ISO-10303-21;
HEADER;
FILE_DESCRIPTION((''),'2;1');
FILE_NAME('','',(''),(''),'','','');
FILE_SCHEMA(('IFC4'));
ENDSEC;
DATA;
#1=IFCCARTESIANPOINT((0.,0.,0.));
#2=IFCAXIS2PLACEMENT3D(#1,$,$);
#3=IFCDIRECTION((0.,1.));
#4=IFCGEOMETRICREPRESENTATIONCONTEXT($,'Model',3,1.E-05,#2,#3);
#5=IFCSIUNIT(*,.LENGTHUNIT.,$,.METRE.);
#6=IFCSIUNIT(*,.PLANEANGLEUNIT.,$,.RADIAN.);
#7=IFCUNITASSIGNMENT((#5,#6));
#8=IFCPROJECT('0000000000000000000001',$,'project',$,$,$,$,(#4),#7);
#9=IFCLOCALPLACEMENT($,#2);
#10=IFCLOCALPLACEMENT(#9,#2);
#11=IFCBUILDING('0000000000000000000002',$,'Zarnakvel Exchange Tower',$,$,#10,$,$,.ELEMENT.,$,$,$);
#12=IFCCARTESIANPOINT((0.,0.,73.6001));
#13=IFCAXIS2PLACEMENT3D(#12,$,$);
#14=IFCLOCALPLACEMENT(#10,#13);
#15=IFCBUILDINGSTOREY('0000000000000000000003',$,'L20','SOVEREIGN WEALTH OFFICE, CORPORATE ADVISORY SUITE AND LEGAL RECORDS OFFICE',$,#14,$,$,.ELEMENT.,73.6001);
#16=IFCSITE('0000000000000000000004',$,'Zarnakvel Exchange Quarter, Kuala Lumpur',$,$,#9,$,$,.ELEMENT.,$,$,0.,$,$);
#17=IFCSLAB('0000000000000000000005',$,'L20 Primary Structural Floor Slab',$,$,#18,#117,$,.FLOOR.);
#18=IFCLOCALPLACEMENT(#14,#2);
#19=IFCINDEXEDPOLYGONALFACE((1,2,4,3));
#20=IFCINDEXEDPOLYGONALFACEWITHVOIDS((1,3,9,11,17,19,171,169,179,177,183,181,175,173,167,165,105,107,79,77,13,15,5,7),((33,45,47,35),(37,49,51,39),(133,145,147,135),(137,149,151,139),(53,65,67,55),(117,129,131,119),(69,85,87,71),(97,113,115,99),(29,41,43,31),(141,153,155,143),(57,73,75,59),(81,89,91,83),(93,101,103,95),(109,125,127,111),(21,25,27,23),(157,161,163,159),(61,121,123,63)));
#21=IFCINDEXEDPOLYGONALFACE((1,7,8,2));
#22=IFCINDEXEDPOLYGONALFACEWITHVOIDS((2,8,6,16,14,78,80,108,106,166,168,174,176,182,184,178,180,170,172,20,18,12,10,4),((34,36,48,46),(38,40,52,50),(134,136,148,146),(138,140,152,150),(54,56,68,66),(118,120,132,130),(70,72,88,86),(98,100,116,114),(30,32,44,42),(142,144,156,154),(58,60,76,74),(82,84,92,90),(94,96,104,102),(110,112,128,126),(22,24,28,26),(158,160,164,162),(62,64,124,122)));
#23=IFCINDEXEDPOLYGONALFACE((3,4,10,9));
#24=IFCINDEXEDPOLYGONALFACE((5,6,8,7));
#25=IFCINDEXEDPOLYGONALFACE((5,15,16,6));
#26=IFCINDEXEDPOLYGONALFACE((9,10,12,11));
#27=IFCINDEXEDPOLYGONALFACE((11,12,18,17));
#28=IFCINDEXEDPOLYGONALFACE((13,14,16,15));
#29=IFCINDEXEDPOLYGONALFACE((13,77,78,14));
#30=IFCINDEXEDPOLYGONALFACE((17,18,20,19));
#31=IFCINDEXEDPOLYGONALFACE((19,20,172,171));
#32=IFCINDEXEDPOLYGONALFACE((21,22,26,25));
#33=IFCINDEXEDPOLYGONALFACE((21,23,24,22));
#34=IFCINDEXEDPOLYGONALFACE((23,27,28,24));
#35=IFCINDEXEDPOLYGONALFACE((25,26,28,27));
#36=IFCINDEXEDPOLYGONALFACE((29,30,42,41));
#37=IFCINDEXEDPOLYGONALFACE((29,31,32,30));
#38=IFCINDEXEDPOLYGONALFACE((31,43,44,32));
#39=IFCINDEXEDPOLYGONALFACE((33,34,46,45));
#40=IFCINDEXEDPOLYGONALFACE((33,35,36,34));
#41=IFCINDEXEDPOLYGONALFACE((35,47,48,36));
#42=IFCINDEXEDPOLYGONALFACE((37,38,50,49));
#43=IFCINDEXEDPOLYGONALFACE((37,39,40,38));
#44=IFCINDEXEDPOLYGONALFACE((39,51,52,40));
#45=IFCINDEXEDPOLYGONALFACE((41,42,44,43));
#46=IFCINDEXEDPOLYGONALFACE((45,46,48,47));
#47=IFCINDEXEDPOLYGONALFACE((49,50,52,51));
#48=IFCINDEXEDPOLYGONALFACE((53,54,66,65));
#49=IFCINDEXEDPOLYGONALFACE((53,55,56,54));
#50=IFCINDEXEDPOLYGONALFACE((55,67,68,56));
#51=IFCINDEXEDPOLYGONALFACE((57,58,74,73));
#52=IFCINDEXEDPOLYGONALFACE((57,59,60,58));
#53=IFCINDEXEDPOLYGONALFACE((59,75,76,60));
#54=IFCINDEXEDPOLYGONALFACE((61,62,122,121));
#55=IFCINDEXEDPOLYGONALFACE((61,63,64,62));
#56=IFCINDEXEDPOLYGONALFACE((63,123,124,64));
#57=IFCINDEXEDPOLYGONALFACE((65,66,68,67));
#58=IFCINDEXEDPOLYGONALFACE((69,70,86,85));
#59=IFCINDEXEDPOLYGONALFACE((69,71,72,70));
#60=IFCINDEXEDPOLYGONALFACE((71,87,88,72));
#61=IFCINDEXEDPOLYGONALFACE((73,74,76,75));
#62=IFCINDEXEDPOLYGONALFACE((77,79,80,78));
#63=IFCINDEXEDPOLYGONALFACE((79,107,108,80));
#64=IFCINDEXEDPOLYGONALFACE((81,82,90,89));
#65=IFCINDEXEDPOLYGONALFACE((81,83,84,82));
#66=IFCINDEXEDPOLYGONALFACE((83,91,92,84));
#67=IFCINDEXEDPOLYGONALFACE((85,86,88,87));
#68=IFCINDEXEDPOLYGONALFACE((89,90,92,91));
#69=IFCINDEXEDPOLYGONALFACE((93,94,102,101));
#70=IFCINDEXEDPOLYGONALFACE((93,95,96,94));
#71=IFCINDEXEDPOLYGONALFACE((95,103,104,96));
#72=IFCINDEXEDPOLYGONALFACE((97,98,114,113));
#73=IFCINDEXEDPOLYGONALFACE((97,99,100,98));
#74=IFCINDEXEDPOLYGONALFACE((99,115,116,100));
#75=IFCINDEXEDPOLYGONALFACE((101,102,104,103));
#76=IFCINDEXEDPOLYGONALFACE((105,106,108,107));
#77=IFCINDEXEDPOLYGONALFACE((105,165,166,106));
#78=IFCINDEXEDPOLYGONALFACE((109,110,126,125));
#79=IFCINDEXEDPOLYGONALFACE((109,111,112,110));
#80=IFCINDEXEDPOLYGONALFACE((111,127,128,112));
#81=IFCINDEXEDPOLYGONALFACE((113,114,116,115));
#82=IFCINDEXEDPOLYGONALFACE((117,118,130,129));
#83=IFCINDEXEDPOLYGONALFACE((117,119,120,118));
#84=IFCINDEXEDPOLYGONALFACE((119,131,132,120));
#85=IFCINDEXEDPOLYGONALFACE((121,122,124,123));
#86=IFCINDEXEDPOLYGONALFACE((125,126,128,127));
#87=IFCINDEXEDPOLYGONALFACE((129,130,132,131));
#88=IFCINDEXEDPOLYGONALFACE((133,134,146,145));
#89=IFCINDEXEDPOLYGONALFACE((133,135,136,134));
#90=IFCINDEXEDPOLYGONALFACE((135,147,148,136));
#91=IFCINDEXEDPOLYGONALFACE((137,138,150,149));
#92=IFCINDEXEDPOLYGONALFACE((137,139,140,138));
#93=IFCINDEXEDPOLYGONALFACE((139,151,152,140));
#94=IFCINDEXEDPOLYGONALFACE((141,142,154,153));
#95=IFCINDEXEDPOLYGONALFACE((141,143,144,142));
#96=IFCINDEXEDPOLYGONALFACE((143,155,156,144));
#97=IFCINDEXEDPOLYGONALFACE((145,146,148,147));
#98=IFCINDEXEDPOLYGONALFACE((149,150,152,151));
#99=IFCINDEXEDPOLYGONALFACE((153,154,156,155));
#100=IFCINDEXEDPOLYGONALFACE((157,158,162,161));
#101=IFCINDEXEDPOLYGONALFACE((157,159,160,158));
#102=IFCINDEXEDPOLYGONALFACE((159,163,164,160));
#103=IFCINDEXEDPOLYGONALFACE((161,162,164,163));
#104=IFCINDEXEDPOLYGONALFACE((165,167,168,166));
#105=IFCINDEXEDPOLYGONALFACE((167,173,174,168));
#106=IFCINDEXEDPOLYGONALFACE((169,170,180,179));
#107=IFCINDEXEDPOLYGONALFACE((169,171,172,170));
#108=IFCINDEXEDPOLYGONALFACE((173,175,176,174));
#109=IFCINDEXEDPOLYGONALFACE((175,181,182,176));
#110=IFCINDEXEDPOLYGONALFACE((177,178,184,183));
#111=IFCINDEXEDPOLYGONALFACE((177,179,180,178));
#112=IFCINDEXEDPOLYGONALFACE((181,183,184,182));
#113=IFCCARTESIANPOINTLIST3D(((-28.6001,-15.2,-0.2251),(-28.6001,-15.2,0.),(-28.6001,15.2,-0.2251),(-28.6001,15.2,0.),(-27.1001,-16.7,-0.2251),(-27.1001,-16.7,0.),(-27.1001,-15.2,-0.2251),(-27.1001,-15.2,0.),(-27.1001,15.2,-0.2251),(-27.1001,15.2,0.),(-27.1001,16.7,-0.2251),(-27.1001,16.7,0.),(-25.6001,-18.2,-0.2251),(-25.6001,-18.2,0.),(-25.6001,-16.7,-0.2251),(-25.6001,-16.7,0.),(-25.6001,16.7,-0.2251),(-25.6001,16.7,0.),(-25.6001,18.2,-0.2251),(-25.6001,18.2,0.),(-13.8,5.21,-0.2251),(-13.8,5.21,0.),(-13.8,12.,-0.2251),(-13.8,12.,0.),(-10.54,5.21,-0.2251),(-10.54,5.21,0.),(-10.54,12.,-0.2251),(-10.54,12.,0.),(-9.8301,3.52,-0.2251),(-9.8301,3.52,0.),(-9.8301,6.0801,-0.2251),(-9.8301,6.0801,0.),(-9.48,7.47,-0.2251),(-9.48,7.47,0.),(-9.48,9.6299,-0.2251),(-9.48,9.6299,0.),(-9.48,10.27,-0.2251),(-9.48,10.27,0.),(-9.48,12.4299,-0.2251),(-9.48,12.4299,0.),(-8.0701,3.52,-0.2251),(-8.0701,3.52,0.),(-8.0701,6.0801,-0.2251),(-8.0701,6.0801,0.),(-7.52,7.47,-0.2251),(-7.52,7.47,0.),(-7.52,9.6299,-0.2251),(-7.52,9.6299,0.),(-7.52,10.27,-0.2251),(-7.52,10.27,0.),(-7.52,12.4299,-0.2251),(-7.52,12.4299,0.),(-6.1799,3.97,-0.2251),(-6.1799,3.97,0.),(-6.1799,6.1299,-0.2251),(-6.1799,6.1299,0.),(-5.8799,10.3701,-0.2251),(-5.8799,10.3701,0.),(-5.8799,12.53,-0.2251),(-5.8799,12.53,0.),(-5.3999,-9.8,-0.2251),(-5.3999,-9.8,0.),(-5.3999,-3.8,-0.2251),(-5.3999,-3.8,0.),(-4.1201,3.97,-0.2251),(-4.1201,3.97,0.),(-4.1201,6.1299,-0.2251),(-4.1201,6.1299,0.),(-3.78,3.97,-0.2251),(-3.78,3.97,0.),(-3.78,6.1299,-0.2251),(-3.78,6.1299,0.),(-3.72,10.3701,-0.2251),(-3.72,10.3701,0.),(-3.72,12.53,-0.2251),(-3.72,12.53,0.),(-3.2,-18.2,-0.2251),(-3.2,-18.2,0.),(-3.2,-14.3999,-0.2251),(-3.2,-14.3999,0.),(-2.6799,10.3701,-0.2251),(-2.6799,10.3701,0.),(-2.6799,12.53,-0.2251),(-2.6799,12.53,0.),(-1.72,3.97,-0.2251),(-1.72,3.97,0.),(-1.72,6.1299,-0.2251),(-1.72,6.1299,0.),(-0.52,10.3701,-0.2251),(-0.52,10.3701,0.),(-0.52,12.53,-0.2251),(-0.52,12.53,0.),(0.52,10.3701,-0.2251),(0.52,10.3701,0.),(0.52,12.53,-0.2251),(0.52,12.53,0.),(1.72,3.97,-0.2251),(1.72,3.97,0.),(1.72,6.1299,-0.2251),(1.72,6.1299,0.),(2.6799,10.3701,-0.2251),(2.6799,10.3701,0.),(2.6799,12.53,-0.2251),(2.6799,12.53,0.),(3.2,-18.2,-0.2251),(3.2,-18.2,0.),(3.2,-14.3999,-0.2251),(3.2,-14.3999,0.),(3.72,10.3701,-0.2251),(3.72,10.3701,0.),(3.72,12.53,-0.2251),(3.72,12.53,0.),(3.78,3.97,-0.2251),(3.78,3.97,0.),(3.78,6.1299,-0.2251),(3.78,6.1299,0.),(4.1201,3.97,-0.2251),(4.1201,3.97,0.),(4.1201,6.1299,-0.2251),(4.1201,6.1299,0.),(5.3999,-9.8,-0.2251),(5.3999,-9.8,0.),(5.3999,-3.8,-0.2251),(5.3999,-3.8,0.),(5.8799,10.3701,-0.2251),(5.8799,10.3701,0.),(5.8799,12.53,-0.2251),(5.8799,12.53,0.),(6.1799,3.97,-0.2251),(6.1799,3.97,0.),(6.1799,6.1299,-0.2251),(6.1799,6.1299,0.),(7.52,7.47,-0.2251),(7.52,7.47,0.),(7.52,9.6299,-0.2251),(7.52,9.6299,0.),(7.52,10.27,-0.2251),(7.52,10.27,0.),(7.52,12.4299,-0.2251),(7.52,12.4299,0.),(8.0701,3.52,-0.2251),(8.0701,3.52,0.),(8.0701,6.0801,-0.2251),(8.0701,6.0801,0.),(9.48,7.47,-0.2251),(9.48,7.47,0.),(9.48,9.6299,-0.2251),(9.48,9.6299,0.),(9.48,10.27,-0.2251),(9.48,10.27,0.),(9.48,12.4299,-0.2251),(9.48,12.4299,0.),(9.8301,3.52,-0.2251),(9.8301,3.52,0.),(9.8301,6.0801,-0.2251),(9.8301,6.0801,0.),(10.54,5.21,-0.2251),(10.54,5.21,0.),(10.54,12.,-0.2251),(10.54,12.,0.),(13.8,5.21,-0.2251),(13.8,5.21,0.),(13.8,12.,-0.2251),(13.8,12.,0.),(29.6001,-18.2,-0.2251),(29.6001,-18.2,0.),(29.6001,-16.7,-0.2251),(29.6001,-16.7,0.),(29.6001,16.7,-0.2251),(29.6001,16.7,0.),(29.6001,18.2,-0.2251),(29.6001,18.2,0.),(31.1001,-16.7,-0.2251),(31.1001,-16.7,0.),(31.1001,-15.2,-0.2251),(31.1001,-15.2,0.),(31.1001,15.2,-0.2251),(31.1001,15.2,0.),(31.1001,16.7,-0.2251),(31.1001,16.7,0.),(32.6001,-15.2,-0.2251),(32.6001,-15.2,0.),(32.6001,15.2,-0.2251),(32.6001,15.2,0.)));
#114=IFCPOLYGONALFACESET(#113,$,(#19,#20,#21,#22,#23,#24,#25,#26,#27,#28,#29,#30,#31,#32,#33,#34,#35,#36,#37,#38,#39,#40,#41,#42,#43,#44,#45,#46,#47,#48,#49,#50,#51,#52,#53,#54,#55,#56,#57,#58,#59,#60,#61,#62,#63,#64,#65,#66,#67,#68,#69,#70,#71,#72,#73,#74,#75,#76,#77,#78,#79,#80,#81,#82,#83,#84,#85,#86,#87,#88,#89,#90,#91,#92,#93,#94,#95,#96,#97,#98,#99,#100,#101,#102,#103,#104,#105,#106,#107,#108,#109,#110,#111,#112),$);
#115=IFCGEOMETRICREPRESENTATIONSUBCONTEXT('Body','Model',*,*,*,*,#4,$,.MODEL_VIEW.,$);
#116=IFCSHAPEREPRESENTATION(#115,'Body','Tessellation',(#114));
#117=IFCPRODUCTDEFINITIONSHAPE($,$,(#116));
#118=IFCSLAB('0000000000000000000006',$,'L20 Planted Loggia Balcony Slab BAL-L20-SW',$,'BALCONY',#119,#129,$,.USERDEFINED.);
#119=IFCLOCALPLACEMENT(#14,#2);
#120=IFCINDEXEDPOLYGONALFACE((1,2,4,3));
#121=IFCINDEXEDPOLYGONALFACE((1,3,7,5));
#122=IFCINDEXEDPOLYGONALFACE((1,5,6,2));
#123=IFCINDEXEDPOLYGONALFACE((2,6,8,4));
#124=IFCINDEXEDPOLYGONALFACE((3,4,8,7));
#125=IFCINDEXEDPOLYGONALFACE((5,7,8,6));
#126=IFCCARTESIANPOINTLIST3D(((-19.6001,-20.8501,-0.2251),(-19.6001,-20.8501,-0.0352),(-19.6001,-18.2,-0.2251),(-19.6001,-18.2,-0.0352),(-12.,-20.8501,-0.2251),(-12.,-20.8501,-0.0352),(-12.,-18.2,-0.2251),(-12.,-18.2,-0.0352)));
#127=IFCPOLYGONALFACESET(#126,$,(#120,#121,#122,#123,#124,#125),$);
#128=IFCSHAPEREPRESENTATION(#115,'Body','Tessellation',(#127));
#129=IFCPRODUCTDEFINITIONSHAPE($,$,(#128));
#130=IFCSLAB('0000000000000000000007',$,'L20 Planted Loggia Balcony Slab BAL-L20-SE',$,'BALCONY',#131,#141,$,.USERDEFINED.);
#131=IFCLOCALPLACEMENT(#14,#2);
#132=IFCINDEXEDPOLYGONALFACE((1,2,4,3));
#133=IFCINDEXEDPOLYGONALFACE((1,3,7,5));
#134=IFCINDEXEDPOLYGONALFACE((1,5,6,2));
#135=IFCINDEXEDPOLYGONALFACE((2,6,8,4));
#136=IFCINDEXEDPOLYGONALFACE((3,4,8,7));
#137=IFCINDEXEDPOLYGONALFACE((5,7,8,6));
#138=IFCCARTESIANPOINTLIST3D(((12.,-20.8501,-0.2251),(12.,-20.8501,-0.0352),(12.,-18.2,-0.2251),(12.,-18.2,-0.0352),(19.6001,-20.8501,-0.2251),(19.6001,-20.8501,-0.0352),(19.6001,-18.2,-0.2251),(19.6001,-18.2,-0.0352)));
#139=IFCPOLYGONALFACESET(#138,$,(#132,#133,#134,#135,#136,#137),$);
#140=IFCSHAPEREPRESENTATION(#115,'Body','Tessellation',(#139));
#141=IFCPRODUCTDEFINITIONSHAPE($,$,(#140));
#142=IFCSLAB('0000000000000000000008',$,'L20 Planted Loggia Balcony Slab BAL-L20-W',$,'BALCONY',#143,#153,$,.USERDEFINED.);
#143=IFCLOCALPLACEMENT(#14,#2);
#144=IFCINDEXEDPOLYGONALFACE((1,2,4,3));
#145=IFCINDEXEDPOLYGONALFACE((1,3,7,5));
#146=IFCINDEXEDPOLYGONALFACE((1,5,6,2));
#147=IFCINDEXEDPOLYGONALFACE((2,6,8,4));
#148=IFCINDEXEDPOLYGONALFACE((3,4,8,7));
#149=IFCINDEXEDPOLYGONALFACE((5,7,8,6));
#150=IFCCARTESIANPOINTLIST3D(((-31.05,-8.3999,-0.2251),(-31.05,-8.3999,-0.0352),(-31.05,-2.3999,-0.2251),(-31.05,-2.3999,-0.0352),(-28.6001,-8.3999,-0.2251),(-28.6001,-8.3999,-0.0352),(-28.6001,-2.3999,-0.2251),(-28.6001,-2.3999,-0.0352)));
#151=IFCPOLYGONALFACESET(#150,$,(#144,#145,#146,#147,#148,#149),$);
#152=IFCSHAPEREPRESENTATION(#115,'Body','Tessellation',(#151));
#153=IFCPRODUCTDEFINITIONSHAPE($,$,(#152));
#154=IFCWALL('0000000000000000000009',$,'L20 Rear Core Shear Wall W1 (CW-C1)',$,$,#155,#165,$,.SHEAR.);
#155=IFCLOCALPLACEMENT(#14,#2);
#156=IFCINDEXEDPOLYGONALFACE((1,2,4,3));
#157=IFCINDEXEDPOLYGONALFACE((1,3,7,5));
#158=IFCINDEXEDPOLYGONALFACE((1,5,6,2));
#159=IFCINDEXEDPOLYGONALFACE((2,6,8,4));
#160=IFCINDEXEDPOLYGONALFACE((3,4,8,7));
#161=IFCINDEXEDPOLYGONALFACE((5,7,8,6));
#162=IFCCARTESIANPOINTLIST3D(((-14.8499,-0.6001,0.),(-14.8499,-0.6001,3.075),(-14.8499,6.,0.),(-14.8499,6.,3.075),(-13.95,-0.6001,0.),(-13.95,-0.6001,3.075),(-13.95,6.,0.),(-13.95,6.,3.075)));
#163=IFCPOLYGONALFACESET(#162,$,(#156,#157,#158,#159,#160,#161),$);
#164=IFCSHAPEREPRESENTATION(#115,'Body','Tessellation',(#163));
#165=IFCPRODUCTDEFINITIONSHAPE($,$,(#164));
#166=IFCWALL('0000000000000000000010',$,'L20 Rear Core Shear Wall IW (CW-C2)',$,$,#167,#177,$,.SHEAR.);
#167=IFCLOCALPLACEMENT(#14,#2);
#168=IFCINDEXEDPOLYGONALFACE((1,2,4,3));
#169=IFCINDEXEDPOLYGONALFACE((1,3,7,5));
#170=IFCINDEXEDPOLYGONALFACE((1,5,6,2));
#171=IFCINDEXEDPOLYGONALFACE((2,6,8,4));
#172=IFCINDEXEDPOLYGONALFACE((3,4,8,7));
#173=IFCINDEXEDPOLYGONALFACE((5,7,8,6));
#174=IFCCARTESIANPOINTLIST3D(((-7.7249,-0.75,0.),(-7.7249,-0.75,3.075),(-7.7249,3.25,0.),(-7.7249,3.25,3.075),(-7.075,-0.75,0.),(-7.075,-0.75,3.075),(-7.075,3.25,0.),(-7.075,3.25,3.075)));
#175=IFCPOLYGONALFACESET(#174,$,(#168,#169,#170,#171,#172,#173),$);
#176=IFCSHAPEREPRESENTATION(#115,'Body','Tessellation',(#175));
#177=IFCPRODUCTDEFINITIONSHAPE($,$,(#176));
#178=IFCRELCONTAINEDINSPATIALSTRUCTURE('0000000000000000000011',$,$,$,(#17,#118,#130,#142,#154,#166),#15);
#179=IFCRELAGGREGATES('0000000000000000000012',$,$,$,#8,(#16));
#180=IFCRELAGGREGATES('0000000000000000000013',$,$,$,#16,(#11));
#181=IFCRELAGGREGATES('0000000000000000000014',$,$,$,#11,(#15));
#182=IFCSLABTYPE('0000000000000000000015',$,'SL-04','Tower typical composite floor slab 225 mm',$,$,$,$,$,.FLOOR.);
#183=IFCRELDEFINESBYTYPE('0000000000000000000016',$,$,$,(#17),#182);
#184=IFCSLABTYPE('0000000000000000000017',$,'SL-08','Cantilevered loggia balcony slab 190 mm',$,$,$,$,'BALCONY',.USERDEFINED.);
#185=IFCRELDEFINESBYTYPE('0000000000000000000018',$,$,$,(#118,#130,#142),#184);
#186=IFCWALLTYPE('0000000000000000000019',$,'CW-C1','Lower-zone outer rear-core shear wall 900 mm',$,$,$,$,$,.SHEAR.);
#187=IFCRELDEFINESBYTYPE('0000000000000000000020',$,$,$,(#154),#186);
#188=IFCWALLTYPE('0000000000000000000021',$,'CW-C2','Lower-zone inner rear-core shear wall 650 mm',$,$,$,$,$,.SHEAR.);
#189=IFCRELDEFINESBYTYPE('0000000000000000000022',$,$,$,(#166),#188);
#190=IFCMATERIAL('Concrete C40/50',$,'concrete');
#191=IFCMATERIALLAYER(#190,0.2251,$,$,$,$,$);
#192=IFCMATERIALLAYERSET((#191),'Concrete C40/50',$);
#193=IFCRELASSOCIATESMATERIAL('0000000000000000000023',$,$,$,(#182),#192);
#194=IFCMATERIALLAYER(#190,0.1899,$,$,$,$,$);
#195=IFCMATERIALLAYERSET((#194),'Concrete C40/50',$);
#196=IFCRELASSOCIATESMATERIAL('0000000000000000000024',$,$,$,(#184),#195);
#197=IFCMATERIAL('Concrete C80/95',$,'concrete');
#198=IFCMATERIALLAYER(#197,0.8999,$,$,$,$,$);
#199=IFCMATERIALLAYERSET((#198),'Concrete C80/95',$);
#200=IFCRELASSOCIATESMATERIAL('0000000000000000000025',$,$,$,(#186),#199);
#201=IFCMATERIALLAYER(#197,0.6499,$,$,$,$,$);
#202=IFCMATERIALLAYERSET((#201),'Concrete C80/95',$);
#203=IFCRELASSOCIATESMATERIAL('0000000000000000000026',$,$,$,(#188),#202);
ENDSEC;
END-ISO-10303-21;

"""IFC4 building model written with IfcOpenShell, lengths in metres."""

from ifc_helpers import new_model, si_unit, direction, frame, frame_2d, origin, place, context, subcontext, project, spatial, polyline, rectangle, outline, extrude, material, layer, layer_set, type_object, element, save


model = new_model("IFC4")

# Units and contexts
model_context = context("Model", 3, precision=1e-05, world=origin(), true_north=direction((0.0, 1.0)))
body_context = subcontext(model_context, "Body", "Model", "MODEL_VIEW")
ifc_project = project(units=[si_unit("LENGTHUNIT", "METRE"), si_unit("PLANEANGLEUNIT", "RADIAN")], contexts=[model_context])

# Site, building, storey
site_placement = place(None, origin())
site = spatial("IfcSite", under=ifc_project, at=site_placement, Name="Zarnakvel Exchange Quarter, Kuala Lumpur", CompositionType="ELEMENT", RefElevation=0.0)
building_placement = place(site_placement, origin())
building = spatial("IfcBuilding", under=site, at=building_placement, Name="Zarnakvel Exchange Tower", CompositionType="ELEMENT")
storey_placement = place(building_placement, frame((0.0, 0.0, 73.6001)))
storey = spatial("IfcBuildingStorey", under=building, at=storey_placement, Name="L20", Description="SOVEREIGN WEALTH OFFICE, CORPORATE ADVISORY SUITE AND LEGAL RECORDS OFFICE", CompositionType="ELEMENT", Elevation=73.6001)

# Shared definitions
ifc_material_1 = material(Name="Concrete C80/95", Category="concrete")

# Shared definitions
ifc_material_2 = material(Name="Concrete C40/50", Category="concrete")

# Slabs
ifc_layer_1 = layer(ifc_material_2, 0.2251)
ifc_layer_set_1 = layer_set([ifc_layer_1], Name="Concrete C40/50")
slab_type_1 = type_object("IfcSlabType", Name="SL-04", Description="Tower typical composite floor slab 225 mm", PredefinedType="FLOOR", material=ifc_layer_set_1)
slab_1_placement = place(storey_placement, frame((0.0, 0.0, -0.2251)))
element("IfcSlab", 1, at=slab_1_placement, inside=storey, type_object=slab_type_1, Name="L20 Primary Structural Floor Slab", PredefinedType="FLOOR", context=body_context, shape_type="SweptSolid", body=[
    extrude(outline(polyline([(-28.6001, -15.2), (-27.1001, -15.2), (-27.1001, -16.7), (-25.6001, -16.7), (-25.6001, -18.2), (-3.2, -18.2), (-3.2, -14.3999), (3.2, -14.3999), (3.2, -18.2), (29.6001, -18.2), (29.6001, -16.7), (31.1001, -16.7), (31.1001, -15.2), (32.6001, -15.2), (32.6001, 15.2), (31.1001, 15.2), (31.1001, 16.7), (29.6001, 16.7), (29.6001, 18.2), (-25.6001, 18.2), (-25.6001, 16.7), (-27.1001, 16.7), (-27.1001, 15.2), (-28.6001, 15.2), (-28.6001, -15.2)]), holes=[polyline([(-5.3999, -9.8), (5.3999, -9.8), (5.3999, -3.8), (-5.3999, -3.8), (-5.3999, -9.8)]), polyline([(-13.8, 5.21), (-10.54, 5.21), (-10.54, 12.0), (-13.8, 12.0), (-13.8, 5.21)]), polyline([(10.54, 5.21), (13.8, 5.21), (13.8, 12.0), (10.54, 12.0), (10.54, 5.21)]), polyline([(-9.8301, 3.52), (-8.0701, 3.52), (-8.0701, 6.0801), (-9.8301, 6.0801), (-9.8301, 3.52)]), polyline([(8.0701, 3.52), (9.8301, 3.52), (9.8301, 6.0801), (8.0701, 6.0801), (8.0701, 3.52)]), polyline([(-5.8799, 10.3701), (-3.72, 10.3701), (-3.72, 12.53), (-5.8799, 12.53), (-5.8799, 10.3701)]), polyline([(-2.6799, 10.3701), (-0.52, 10.3701), (-0.52, 12.53), (-2.6799, 12.53), (-2.6799, 10.3701)]), polyline([(0.52, 10.3701), (2.6799, 10.3701), (2.6799, 12.53), (0.52, 12.53), (0.52, 10.3701)]), polyline([(3.72, 10.3701), (5.8799, 10.3701), (5.8799, 12.53), (3.72, 12.53), (3.72, 10.3701)]), polyline([(-6.1799, 3.97), (-4.1201, 3.97), (-4.1201, 6.1299), (-6.1799, 6.1299), (-6.1799, 3.97)]), polyline([(-3.78, 3.97), (-1.72, 3.97), (-1.72, 6.1299), (-3.78, 6.1299), (-3.78, 3.97)]), polyline([(1.72, 3.97), (3.78, 3.97), (3.78, 6.1299), (1.72, 6.1299), (1.72, 3.97)]), polyline([(4.1201, 3.97), (6.1799, 3.97), (6.1799, 6.1299), (4.1201, 6.1299), (4.1201, 3.97)]), polyline([(-9.48, 7.47), (-7.52, 7.47), (-7.52, 9.6299), (-9.48, 9.6299), (-9.48, 7.47)]), polyline([(-9.48, 10.27), (-7.52, 10.27), (-7.52, 12.4299), (-9.48, 12.4299), (-9.48, 10.27)]), polyline([(7.52, 7.47), (9.48, 7.47), (9.48, 9.6299), (7.52, 9.6299), (7.52, 7.47)]), polyline([(7.52, 10.27), (9.48, 10.27), (9.48, 12.4299), (7.52, 12.4299), (7.52, 10.27)])]), origin(), (0.0, 0.0, 1.0), 0.2251),
])
ifc_layer_2 = layer(ifc_material_2, 0.1899)
ifc_layer_set_2 = layer_set([ifc_layer_2], Name="Concrete C40/50")
slab_type_2 = type_object("IfcSlabType", Name="SL-08", Description="Cantilevered loggia balcony slab 190 mm", ElementType="BALCONY", PredefinedType="USERDEFINED", material=ifc_layer_set_2)
slab_2_placement = place(storey_placement, frame((0.0, 0.0, -0.2251)))
element("IfcSlab", 2, at=slab_2_placement, inside=storey, type_object=slab_type_2, Name="L20 Planted Loggia Balcony Slab BAL-L20-SW", ObjectType="BALCONY", PredefinedType="USERDEFINED", context=body_context, shape_type="SweptSolid", body=[
    extrude(outline(polyline([(-19.6001, -20.8501), (-12.0, -20.8501), (-12.0, -18.2), (-19.6001, -18.2), (-19.6001, -20.8501)])), origin(), (0.0, 0.0, 1.0), 0.1899),
])
slab_3_placement = place(storey_placement, frame((0.0, 0.0, -0.2251)))
element("IfcSlab", 3, at=slab_3_placement, inside=storey, type_object=slab_type_2, Name="L20 Planted Loggia Balcony Slab BAL-L20-SE", ObjectType="BALCONY", PredefinedType="USERDEFINED", context=body_context, shape_type="SweptSolid", body=[
    extrude(outline(polyline([(12.0, -20.8501), (19.6001, -20.8501), (19.6001, -18.2), (12.0, -18.2), (12.0, -20.8501)])), origin(), (0.0, 0.0, 1.0), 0.1899),
])
slab_4_placement = place(storey_placement, frame((0.0, 0.0, -0.2251)))
element("IfcSlab", 4, at=slab_4_placement, inside=storey, type_object=slab_type_2, Name="L20 Planted Loggia Balcony Slab BAL-L20-W", ObjectType="BALCONY", PredefinedType="USERDEFINED", context=body_context, shape_type="SweptSolid", body=[
    extrude(outline(polyline([(-31.05, -8.3999), (-28.6001, -8.3999), (-28.6001, -2.3999), (-31.05, -2.3999), (-31.05, -8.3999)])), origin(), (0.0, 0.0, 1.0), 0.1899),
])

# Wall
ifc_layer_3 = layer(ifc_material_1, 0.8999)
ifc_layer_set_3 = layer_set([ifc_layer_3], Name="Concrete C80/95")
wall_type_1 = type_object("IfcWallType", Name="CW-C1", Description="Lower-zone outer rear-core shear wall 900 mm", PredefinedType="SHEAR", material=ifc_layer_set_3)
wall_1_placement = place(storey_placement, frame((-14.3999, -0.6001, 0.0), z_axis=(0.0, 0.0, 1.0), x_axis=(0.0, 1.0, 0.0)))
element("IfcWall", 5, at=wall_1_placement, inside=storey, type_object=wall_type_1, Name="L20 Rear Core Shear Wall W1 (CW-C1)", PredefinedType="SHEAR", context=body_context, shape_type="SweptSolid", body=[
    extrude(rectangle(XDim=6.6001, YDim=0.8999, at=frame_2d((3.3, 0.0))), origin(), (0.0, 0.0, 1.0), 3.075),
])

# Wall
ifc_layer_4 = layer(ifc_material_1, 0.6499)
ifc_layer_set_4 = layer_set([ifc_layer_4], Name="Concrete C80/95")
wall_type_2 = type_object("IfcWallType", Name="CW-C2", Description="Lower-zone inner rear-core shear wall 650 mm", PredefinedType="SHEAR", material=ifc_layer_set_4)
wall_2_placement = place(storey_placement, frame((-7.3999, -0.75, 0.0), z_axis=(0.0, 0.0, 1.0), x_axis=(0.0, 1.0, 0.0)))
element("IfcWall", 6, at=wall_2_placement, inside=storey, type_object=wall_type_2, Name="L20 Rear Core Shear Wall IW (CW-C2)", PredefinedType="SHEAR", context=body_context, shape_type="SweptSolid", body=[
    extrude(rectangle(XDim=4.0, YDim=0.6499, at=frame_2d((2.0, 0.0))), origin(), (0.0, 0.0, 1.0), 3.075),
])

save(model, "model.ifc")
